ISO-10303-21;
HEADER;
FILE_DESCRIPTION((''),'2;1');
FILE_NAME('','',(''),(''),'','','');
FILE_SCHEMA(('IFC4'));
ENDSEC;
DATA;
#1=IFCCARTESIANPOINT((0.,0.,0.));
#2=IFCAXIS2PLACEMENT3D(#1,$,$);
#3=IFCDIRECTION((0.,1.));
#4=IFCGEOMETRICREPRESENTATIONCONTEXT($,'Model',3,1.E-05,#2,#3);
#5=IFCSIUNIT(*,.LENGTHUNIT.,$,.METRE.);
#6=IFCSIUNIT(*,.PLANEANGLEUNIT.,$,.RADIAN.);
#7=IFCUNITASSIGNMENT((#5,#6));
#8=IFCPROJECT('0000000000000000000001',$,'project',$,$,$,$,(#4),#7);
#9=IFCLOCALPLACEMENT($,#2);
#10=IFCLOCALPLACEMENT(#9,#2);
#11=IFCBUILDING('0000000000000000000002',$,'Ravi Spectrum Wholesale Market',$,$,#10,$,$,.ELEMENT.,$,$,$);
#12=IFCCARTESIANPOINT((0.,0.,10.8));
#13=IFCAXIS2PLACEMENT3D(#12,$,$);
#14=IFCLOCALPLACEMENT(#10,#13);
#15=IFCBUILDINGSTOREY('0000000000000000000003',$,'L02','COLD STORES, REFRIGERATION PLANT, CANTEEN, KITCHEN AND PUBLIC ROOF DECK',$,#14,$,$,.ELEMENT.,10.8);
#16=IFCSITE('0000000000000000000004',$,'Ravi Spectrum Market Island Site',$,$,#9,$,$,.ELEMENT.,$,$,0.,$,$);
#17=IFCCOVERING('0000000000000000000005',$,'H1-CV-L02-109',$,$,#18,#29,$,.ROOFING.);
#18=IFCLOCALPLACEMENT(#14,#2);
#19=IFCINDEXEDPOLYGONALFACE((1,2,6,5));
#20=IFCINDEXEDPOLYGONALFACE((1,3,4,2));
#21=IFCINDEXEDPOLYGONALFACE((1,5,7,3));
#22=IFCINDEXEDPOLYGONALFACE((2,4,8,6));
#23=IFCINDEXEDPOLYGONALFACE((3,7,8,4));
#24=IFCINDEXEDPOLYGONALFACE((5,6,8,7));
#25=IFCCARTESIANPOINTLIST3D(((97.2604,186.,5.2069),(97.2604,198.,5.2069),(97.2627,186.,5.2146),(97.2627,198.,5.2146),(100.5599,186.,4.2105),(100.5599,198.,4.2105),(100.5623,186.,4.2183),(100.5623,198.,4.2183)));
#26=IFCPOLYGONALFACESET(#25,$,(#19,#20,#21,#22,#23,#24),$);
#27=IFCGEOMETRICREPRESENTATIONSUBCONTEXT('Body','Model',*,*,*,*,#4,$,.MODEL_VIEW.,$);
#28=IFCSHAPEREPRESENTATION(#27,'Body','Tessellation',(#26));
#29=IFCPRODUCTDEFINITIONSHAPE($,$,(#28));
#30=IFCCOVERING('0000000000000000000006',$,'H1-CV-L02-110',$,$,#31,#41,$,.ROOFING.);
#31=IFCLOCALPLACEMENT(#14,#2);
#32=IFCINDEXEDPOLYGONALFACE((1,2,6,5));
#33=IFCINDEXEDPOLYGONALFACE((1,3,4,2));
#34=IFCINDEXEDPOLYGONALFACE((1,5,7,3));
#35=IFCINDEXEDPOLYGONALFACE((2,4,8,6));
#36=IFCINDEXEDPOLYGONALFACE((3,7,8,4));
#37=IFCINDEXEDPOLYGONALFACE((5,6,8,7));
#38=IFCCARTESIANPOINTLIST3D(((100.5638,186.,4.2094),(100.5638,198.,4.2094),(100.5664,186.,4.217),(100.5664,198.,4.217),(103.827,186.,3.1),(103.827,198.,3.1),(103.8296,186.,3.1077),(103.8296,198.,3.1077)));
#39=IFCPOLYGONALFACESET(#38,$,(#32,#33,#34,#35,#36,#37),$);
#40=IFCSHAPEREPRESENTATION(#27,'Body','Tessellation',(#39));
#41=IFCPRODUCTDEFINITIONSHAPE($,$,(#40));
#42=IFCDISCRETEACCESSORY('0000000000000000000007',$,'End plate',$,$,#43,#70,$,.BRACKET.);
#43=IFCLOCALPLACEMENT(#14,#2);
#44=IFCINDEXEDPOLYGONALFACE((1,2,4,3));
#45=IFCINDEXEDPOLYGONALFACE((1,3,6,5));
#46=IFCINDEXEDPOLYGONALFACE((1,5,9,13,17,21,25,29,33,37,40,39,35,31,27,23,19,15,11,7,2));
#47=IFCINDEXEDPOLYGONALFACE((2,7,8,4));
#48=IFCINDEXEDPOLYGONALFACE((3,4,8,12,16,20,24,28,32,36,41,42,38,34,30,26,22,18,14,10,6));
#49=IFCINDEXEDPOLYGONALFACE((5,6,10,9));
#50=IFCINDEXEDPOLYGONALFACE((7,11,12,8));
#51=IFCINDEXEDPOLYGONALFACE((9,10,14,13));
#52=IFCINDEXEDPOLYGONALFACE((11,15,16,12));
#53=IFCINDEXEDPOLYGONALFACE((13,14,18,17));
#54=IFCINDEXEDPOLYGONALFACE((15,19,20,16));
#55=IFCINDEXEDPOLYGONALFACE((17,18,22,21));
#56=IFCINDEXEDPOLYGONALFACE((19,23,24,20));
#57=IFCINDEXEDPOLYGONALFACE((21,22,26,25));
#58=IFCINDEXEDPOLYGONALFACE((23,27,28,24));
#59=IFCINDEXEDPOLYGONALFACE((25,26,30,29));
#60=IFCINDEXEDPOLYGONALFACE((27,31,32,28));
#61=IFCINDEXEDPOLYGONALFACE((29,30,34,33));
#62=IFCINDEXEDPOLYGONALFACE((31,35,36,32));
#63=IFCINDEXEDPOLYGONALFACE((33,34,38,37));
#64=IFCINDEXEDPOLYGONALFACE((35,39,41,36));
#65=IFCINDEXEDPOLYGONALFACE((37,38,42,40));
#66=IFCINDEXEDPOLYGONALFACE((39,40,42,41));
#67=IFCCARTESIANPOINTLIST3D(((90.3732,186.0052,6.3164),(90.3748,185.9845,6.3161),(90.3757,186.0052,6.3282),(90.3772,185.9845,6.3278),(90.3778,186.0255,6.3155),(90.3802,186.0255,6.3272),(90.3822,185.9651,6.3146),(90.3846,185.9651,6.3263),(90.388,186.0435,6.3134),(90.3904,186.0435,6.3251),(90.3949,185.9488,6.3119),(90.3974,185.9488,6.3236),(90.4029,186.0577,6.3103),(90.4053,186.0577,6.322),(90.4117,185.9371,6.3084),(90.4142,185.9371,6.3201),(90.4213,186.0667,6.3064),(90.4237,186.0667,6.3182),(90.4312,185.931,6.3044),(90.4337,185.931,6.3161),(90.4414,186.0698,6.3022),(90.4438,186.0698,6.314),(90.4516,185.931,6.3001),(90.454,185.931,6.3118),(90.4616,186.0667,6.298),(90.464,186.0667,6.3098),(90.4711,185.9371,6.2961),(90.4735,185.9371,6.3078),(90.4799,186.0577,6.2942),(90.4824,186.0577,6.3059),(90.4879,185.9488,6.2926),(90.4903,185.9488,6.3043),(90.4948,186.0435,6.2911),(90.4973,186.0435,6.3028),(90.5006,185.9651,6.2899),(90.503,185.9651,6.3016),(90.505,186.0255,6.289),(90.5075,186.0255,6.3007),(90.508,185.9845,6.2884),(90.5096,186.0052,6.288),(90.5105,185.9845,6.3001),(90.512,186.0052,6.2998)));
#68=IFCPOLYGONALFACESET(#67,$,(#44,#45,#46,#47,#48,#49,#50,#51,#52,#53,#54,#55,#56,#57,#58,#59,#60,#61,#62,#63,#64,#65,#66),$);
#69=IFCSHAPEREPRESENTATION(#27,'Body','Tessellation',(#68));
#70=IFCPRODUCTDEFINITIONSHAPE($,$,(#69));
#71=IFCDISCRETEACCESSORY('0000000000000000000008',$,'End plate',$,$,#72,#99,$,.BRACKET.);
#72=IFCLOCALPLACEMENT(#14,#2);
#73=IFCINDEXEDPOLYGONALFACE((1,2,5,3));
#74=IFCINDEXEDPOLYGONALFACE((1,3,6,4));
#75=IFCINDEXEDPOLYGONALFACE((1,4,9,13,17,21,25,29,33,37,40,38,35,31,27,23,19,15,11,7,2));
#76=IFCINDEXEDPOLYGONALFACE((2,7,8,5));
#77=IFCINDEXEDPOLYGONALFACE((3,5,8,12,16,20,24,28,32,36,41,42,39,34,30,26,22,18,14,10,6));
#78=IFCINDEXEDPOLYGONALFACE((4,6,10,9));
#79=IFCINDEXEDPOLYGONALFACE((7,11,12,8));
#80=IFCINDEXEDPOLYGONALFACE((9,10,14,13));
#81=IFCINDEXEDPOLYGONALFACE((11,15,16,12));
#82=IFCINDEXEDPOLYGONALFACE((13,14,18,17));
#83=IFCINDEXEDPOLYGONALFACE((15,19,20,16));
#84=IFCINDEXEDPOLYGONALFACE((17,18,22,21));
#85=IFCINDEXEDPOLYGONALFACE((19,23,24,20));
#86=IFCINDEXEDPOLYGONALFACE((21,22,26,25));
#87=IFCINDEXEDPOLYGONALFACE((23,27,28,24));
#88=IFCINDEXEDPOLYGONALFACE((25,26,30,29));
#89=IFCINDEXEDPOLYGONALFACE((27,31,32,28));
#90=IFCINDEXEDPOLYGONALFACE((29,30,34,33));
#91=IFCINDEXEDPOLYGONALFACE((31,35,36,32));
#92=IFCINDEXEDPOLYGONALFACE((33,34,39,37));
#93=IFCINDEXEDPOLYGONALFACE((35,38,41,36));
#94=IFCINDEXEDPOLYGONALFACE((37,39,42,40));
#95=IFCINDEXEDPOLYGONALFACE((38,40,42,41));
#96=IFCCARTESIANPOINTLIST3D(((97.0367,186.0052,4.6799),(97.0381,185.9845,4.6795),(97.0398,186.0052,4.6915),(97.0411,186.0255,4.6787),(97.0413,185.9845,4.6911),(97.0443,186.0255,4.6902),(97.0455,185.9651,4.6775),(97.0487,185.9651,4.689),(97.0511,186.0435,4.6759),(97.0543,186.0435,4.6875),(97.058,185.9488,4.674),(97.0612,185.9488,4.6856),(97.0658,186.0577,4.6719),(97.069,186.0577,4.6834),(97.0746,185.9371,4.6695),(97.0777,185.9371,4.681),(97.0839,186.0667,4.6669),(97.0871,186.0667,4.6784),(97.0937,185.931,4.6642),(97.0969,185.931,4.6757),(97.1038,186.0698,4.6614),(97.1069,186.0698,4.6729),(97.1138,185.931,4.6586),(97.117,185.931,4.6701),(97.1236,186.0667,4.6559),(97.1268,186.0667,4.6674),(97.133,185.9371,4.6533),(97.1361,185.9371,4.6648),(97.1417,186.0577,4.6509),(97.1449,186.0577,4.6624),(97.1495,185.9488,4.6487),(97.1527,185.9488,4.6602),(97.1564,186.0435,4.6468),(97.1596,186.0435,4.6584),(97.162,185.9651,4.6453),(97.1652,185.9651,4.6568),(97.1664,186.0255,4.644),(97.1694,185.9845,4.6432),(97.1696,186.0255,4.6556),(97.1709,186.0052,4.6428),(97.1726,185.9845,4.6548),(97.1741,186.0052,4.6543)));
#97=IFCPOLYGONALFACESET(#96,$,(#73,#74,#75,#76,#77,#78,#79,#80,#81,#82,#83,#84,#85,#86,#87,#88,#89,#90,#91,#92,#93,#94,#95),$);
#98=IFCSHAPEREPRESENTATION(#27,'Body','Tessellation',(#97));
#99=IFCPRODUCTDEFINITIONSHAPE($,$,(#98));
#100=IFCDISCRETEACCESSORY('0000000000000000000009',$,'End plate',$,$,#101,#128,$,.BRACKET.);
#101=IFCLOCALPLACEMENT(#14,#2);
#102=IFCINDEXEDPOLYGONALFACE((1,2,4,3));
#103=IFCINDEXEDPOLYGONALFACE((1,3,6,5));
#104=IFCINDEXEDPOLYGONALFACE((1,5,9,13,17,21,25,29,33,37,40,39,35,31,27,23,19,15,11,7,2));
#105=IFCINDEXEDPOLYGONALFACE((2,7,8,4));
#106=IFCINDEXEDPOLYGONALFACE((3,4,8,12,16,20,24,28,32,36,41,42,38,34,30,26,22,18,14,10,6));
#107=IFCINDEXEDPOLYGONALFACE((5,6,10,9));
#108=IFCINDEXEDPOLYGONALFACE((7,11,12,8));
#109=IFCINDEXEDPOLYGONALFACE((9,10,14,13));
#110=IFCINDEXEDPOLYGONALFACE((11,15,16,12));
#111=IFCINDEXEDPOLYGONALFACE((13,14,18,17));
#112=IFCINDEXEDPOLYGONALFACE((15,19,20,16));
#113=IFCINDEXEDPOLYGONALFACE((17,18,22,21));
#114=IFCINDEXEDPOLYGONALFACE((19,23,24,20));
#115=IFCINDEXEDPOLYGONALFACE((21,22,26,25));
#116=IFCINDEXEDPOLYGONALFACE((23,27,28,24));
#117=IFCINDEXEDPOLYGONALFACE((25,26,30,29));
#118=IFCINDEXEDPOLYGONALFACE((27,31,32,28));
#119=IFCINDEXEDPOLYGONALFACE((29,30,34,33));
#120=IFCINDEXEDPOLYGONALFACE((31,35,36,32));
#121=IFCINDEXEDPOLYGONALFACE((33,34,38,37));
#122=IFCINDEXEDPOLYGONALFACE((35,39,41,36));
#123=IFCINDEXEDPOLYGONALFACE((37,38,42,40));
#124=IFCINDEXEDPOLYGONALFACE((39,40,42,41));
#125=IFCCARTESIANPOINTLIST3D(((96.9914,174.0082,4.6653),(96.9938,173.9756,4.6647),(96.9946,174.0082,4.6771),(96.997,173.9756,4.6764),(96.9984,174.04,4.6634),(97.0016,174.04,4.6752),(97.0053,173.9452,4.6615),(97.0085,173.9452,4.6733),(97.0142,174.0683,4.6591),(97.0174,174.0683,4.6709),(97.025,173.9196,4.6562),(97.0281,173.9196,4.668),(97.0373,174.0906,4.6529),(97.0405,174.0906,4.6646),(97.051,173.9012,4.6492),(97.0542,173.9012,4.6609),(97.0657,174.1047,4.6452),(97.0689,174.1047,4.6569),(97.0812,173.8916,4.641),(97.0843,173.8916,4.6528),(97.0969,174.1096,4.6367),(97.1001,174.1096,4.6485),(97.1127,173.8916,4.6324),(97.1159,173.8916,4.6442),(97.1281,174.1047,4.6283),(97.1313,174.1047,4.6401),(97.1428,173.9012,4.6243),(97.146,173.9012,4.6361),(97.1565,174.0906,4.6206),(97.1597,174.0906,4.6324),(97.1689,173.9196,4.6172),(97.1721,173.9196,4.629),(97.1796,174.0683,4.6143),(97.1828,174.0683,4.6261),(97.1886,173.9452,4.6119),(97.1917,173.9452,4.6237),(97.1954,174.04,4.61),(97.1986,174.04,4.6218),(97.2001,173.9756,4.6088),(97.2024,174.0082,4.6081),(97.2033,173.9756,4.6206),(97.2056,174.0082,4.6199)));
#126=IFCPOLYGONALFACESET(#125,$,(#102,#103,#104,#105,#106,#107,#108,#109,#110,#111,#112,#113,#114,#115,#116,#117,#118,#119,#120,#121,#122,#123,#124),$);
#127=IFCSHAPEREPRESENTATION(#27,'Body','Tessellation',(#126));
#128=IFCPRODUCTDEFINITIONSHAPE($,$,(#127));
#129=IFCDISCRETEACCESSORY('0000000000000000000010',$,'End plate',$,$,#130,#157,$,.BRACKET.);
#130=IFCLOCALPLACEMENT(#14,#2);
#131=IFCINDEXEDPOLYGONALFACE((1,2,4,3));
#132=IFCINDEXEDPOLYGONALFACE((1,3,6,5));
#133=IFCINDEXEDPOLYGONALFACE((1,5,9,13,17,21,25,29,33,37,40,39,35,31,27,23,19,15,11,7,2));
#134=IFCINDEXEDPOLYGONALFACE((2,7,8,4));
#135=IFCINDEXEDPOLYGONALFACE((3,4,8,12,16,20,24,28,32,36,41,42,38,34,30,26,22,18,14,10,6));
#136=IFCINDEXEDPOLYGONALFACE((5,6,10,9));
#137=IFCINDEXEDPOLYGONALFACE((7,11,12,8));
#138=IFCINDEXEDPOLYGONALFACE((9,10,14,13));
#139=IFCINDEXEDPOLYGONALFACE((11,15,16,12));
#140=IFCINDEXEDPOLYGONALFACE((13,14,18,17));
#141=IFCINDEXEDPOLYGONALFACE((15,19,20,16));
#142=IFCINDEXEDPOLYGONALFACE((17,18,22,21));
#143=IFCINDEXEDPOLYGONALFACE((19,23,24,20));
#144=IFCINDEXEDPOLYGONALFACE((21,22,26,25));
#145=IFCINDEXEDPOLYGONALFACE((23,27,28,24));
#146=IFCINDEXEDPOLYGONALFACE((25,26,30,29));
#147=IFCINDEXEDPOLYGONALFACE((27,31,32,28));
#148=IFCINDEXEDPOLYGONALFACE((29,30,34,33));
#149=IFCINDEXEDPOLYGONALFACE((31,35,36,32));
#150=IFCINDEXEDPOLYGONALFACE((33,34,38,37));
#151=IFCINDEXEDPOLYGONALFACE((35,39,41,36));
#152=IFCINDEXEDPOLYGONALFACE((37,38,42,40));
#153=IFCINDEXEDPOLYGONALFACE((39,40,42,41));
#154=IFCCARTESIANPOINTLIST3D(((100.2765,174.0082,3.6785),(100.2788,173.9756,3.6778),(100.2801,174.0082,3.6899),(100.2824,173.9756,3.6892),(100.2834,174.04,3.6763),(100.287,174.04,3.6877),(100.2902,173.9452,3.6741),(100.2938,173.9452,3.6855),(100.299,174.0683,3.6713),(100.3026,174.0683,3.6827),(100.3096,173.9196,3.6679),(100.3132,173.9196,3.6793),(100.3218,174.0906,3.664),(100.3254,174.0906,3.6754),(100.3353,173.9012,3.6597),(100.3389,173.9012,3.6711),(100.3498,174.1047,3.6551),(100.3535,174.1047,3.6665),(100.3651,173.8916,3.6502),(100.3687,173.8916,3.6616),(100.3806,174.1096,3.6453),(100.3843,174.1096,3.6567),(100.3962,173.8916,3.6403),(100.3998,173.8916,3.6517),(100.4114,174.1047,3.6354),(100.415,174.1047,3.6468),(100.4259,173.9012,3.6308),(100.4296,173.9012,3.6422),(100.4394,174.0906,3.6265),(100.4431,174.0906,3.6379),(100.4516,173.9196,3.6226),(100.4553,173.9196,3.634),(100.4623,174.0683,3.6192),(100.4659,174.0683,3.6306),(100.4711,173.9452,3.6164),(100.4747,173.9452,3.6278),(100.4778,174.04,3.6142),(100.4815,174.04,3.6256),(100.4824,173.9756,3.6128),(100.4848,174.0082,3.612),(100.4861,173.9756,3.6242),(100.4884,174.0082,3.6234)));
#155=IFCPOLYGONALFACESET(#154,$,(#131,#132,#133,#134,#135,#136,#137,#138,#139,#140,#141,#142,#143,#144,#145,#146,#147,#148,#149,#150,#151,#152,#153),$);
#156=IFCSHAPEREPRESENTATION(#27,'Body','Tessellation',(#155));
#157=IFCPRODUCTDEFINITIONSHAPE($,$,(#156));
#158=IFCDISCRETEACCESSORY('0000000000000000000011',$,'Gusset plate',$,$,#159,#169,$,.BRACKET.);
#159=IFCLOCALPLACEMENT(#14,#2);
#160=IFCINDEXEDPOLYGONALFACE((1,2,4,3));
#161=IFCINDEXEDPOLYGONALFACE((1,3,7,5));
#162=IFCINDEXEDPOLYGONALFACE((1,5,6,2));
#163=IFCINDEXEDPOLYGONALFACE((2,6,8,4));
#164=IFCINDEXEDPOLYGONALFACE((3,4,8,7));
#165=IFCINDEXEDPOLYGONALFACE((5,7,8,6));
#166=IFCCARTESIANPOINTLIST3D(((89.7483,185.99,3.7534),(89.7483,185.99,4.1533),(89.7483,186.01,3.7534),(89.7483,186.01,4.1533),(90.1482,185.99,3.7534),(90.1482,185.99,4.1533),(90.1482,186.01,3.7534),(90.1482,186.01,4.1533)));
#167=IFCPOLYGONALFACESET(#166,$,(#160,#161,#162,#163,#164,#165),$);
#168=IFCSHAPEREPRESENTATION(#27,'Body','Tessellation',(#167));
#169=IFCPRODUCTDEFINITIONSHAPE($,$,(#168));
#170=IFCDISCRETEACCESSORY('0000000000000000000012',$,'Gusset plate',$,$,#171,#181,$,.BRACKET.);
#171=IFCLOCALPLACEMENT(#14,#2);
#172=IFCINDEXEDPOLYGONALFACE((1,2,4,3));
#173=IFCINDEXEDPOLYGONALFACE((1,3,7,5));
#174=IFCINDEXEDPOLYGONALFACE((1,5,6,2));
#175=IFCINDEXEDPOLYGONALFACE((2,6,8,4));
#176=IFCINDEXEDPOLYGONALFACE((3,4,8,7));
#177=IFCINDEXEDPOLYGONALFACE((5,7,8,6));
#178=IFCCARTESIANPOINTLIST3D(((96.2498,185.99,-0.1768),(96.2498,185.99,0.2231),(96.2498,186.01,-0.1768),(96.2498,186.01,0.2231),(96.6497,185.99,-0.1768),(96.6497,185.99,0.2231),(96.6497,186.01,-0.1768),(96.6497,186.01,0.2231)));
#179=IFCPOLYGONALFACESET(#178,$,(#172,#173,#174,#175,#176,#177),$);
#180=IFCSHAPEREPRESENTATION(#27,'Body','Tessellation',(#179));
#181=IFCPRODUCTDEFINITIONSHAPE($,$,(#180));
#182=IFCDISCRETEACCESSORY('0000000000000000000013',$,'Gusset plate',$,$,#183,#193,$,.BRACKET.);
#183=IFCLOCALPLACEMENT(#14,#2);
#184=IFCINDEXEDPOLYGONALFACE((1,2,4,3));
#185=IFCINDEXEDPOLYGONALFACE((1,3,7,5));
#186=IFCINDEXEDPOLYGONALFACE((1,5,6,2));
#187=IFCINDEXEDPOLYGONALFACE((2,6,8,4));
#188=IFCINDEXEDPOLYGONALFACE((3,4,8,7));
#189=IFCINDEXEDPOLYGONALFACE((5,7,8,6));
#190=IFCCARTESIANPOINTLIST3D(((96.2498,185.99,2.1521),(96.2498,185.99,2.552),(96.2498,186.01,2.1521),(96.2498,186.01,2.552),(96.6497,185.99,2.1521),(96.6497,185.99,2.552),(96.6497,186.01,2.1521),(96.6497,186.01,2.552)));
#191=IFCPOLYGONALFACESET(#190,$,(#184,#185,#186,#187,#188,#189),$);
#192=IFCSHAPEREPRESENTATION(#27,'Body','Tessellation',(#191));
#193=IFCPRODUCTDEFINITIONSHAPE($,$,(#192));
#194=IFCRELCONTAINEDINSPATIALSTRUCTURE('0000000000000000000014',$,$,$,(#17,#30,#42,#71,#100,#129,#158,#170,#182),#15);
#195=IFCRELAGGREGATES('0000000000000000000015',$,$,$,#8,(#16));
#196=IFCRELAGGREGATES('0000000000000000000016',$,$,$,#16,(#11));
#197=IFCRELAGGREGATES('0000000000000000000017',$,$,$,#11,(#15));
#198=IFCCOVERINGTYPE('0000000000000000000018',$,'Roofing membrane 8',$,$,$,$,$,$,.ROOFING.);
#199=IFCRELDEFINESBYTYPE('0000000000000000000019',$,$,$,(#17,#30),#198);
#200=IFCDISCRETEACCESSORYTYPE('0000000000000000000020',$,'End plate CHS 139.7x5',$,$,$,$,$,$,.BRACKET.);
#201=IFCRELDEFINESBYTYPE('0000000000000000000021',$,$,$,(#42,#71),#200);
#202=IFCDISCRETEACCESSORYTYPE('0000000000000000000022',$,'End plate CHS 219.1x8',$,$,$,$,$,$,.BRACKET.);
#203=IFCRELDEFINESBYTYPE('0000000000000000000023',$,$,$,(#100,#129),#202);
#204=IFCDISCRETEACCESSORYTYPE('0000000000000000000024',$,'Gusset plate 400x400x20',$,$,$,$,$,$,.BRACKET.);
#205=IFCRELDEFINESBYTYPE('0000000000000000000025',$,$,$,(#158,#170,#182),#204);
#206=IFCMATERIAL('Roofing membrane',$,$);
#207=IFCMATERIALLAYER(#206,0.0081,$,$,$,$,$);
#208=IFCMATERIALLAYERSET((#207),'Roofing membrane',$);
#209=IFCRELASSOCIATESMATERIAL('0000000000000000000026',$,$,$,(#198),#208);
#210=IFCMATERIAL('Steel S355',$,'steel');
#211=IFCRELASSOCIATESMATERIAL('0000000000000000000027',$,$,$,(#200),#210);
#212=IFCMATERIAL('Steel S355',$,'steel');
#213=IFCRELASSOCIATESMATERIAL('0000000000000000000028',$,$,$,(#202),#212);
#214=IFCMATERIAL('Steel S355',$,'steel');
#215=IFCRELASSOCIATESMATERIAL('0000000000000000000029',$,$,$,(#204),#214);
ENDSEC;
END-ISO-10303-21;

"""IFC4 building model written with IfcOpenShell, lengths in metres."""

from ifc_helpers import new_model, si_unit, direction, frame, origin, origin_2d, place, context, subcontext, project, spatial, polyline, rectangle, circle, outline, extrude, material, layer, layer_set, material_profile, profile_set, type_object, element, save


model = new_model("IFC4")

# Units and contexts
model_context = context("Model", 3, precision=1e-05, world=origin(), true_north=direction((0.0, 1.0)))
body_context = subcontext(model_context, "Body", "Model", "MODEL_VIEW")
ifc_project = project(units=[si_unit("LENGTHUNIT", "METRE"), si_unit("PLANEANGLEUNIT", "RADIAN")], contexts=[model_context])

# Site, building, storey
site_placement = place(None, origin())
site = spatial("IfcSite", under=ifc_project, at=site_placement, Name="Ravi Spectrum Market Island Site", CompositionType="ELEMENT", RefElevation=0.0)
building_placement = place(site_placement, origin())
building = spatial("IfcBuilding", under=site, at=building_placement, Name="Ravi Spectrum Wholesale Market", CompositionType="ELEMENT")
storey_placement = place(building_placement, frame((0.0, 0.0, 10.8)))
storey = spatial("IfcBuildingStorey", under=building, at=storey_placement, Name="L02", Description="COLD STORES, REFRIGERATION PLANT, CANTEEN, KITCHEN AND PUBLIC ROOF DECK", CompositionType="ELEMENT", Elevation=10.8)

# Coverings
ifc_material_1 = material(Name="Roofing membrane")
ifc_layer_1 = layer(ifc_material_1, 0.0081)
ifc_layer_set_1 = layer_set([ifc_layer_1], Name="Roofing membrane")
covering_type = type_object("IfcCoveringType", Name="Roofing membrane 8", PredefinedType="ROOFING", material=ifc_layer_set_1)
covering_1_placement = place(storey_placement, frame((97.2627, 186.0, 5.2146), z_axis=(0.28907, 0.0, 0.957308), x_axis=(0.957308, 0.0, -0.28907)))
element("IfcCovering", 1, at=covering_1_placement, inside=storey, type_object=covering_type, Name="H1-CV-L02-109", PredefinedType="ROOFING", context=body_context, shape_type="SweptSolid", body=[
    extrude(outline(polyline([(0.0, 0.0), (3.4467, 0.0), (3.4467, 12.0), (0.0, 12.0), (0.0, 0.0)])), origin(), (0.0, 0.0, -1.0), 0.0081),
])
covering_2_placement = place(storey_placement, frame((100.5664, 186.0, 4.217), z_axis=(0.321875, 0.0, 0.946782), x_axis=(0.946782, 0.0, -0.321875)))
element("IfcCovering", 2, at=covering_2_placement, inside=storey, type_object=covering_type, Name="H1-CV-L02-110", PredefinedType="ROOFING", context=body_context, shape_type="SweptSolid", body=[
    extrude(outline(polyline([(0.0, 0.0), (3.4466, 0.0), (3.4466, 12.0), (0.0, 12.0), (0.0, 0.0)])), origin(), (0.0, 0.0, -1.0), 0.0081),
])

# Discrete accessories
ifc_material_2 = material(Name="Steel S355", Category="steel")
ifc_material_profile_1 = material_profile(ifc_material_2, circle(Radius=0.0698, at=origin_2d()))
ifc_profile_set_1 = profile_set([ifc_material_profile_1], Name="Steel S355")
discrete_accessory_type_1 = type_object("IfcDiscreteAccessoryType", Name="End plate CHS 139.7x5", PredefinedType="BRACKET", material=ifc_profile_set_1)
for number, where, z_axis, x_axis, name in (
    (3, (90.4414, 186.0, 6.3022), (0.203954, 0.0, 0.97898), (0.0, 1.0, 0.0), "End plate"),
    (4, (97.1038, 186.0, 4.6614), (0.266586, 0.0, 0.963811), (0.0, 1.0, 0.0), "End plate"),
):
    element("IfcDiscreteAccessory", number, at=place(storey_placement, frame(where, z_axis=z_axis, x_axis=x_axis)), inside=storey, type_object=discrete_accessory_type_1, Name=name, PredefinedType="BRACKET", context=body_context, shape_type="SweptSolid", body=[
        extrude(circle(Radius=0.0698, at=origin_2d()), origin(), (0.0, 0.0, 1.0), 0.012),
    ])
ifc_material_3 = material(Name="Steel S355", Category="steel")
ifc_material_profile_2 = material_profile(ifc_material_3, circle(Radius=0.1096, at=origin_2d()))
ifc_profile_set_2 = profile_set([ifc_material_profile_2], Name="Steel S355")
discrete_accessory_type_2 = type_object("IfcDiscreteAccessoryType", Name="End plate CHS 219.1x8", PredefinedType="BRACKET", material=ifc_profile_set_2)
discrete_accessory_1_placement = place(storey_placement, frame((97.0969, 174.0, 4.6367), z_axis=(0.261415, 0.0, 0.965226), x_axis=(0.0, 1.0, 0.0)))
element("IfcDiscreteAccessory", 5, at=discrete_accessory_1_placement, inside=storey, type_object=discrete_accessory_type_2, Name="End plate", PredefinedType="BRACKET", context=body_context, shape_type="SweptSolid", body=[
    extrude(circle(Radius=0.1096, at=origin_2d()), origin(), (0.0, 0.0, 1.0), 0.0122),
])
discrete_accessory_2_placement = place(storey_placement, frame((100.3806, 174.0, 3.6453), z_axis=(0.30404, 0.0, 0.952659), x_axis=(0.0, 1.0, 0.0)))
element("IfcDiscreteAccessory", 6, at=discrete_accessory_2_placement, inside=storey, type_object=discrete_accessory_type_2, Name="End plate", PredefinedType="BRACKET", context=body_context, shape_type="SweptSolid", body=[
    extrude(circle(Radius=0.1096, at=origin_2d()), origin(), (0.0, 0.0, 1.0), 0.012),
])
ifc_material_4 = material(Name="Steel S355", Category="steel")
ifc_material_profile_3 = material_profile(ifc_material_4, rectangle(XDim=0.3999, YDim=0.02, at=origin_2d()))
ifc_profile_set_3 = profile_set([ifc_material_profile_3], Name="Steel S355")
discrete_accessory_type_3 = type_object("IfcDiscreteAccessoryType", Name="Gusset plate 400x400x20", PredefinedType="BRACKET", material=ifc_profile_set_3)
for number, where, z_axis, x_axis, name in (
    (7, (89.9482, 186.0, 3.7534), (0.0, 0.0, 1.0), (-1.0, 0.0, 0.0), "Gusset plate"),
    (8, (96.4497, 186.0, -0.1768), (0.0, 0.0, 1.0), (1.0, 0.0, 0.0), "Gusset plate"),
    (9, (96.4497, 186.0, 2.1521), (0.0, 0.0, 1.0), (-1.0, 0.0, 0.0), "Gusset plate"),
):
    element("IfcDiscreteAccessory", number, at=place(storey_placement, frame(where, z_axis=z_axis, x_axis=x_axis)), inside=storey, type_object=discrete_accessory_type_3, Name=name, PredefinedType="BRACKET", context=body_context, shape_type="SweptSolid", body=[
        extrude(rectangle(XDim=0.3999, YDim=0.02, at=origin_2d()), origin(), (0.0, 0.0, 1.0), 0.3999),
    ])

save(model, "model.ifc")
